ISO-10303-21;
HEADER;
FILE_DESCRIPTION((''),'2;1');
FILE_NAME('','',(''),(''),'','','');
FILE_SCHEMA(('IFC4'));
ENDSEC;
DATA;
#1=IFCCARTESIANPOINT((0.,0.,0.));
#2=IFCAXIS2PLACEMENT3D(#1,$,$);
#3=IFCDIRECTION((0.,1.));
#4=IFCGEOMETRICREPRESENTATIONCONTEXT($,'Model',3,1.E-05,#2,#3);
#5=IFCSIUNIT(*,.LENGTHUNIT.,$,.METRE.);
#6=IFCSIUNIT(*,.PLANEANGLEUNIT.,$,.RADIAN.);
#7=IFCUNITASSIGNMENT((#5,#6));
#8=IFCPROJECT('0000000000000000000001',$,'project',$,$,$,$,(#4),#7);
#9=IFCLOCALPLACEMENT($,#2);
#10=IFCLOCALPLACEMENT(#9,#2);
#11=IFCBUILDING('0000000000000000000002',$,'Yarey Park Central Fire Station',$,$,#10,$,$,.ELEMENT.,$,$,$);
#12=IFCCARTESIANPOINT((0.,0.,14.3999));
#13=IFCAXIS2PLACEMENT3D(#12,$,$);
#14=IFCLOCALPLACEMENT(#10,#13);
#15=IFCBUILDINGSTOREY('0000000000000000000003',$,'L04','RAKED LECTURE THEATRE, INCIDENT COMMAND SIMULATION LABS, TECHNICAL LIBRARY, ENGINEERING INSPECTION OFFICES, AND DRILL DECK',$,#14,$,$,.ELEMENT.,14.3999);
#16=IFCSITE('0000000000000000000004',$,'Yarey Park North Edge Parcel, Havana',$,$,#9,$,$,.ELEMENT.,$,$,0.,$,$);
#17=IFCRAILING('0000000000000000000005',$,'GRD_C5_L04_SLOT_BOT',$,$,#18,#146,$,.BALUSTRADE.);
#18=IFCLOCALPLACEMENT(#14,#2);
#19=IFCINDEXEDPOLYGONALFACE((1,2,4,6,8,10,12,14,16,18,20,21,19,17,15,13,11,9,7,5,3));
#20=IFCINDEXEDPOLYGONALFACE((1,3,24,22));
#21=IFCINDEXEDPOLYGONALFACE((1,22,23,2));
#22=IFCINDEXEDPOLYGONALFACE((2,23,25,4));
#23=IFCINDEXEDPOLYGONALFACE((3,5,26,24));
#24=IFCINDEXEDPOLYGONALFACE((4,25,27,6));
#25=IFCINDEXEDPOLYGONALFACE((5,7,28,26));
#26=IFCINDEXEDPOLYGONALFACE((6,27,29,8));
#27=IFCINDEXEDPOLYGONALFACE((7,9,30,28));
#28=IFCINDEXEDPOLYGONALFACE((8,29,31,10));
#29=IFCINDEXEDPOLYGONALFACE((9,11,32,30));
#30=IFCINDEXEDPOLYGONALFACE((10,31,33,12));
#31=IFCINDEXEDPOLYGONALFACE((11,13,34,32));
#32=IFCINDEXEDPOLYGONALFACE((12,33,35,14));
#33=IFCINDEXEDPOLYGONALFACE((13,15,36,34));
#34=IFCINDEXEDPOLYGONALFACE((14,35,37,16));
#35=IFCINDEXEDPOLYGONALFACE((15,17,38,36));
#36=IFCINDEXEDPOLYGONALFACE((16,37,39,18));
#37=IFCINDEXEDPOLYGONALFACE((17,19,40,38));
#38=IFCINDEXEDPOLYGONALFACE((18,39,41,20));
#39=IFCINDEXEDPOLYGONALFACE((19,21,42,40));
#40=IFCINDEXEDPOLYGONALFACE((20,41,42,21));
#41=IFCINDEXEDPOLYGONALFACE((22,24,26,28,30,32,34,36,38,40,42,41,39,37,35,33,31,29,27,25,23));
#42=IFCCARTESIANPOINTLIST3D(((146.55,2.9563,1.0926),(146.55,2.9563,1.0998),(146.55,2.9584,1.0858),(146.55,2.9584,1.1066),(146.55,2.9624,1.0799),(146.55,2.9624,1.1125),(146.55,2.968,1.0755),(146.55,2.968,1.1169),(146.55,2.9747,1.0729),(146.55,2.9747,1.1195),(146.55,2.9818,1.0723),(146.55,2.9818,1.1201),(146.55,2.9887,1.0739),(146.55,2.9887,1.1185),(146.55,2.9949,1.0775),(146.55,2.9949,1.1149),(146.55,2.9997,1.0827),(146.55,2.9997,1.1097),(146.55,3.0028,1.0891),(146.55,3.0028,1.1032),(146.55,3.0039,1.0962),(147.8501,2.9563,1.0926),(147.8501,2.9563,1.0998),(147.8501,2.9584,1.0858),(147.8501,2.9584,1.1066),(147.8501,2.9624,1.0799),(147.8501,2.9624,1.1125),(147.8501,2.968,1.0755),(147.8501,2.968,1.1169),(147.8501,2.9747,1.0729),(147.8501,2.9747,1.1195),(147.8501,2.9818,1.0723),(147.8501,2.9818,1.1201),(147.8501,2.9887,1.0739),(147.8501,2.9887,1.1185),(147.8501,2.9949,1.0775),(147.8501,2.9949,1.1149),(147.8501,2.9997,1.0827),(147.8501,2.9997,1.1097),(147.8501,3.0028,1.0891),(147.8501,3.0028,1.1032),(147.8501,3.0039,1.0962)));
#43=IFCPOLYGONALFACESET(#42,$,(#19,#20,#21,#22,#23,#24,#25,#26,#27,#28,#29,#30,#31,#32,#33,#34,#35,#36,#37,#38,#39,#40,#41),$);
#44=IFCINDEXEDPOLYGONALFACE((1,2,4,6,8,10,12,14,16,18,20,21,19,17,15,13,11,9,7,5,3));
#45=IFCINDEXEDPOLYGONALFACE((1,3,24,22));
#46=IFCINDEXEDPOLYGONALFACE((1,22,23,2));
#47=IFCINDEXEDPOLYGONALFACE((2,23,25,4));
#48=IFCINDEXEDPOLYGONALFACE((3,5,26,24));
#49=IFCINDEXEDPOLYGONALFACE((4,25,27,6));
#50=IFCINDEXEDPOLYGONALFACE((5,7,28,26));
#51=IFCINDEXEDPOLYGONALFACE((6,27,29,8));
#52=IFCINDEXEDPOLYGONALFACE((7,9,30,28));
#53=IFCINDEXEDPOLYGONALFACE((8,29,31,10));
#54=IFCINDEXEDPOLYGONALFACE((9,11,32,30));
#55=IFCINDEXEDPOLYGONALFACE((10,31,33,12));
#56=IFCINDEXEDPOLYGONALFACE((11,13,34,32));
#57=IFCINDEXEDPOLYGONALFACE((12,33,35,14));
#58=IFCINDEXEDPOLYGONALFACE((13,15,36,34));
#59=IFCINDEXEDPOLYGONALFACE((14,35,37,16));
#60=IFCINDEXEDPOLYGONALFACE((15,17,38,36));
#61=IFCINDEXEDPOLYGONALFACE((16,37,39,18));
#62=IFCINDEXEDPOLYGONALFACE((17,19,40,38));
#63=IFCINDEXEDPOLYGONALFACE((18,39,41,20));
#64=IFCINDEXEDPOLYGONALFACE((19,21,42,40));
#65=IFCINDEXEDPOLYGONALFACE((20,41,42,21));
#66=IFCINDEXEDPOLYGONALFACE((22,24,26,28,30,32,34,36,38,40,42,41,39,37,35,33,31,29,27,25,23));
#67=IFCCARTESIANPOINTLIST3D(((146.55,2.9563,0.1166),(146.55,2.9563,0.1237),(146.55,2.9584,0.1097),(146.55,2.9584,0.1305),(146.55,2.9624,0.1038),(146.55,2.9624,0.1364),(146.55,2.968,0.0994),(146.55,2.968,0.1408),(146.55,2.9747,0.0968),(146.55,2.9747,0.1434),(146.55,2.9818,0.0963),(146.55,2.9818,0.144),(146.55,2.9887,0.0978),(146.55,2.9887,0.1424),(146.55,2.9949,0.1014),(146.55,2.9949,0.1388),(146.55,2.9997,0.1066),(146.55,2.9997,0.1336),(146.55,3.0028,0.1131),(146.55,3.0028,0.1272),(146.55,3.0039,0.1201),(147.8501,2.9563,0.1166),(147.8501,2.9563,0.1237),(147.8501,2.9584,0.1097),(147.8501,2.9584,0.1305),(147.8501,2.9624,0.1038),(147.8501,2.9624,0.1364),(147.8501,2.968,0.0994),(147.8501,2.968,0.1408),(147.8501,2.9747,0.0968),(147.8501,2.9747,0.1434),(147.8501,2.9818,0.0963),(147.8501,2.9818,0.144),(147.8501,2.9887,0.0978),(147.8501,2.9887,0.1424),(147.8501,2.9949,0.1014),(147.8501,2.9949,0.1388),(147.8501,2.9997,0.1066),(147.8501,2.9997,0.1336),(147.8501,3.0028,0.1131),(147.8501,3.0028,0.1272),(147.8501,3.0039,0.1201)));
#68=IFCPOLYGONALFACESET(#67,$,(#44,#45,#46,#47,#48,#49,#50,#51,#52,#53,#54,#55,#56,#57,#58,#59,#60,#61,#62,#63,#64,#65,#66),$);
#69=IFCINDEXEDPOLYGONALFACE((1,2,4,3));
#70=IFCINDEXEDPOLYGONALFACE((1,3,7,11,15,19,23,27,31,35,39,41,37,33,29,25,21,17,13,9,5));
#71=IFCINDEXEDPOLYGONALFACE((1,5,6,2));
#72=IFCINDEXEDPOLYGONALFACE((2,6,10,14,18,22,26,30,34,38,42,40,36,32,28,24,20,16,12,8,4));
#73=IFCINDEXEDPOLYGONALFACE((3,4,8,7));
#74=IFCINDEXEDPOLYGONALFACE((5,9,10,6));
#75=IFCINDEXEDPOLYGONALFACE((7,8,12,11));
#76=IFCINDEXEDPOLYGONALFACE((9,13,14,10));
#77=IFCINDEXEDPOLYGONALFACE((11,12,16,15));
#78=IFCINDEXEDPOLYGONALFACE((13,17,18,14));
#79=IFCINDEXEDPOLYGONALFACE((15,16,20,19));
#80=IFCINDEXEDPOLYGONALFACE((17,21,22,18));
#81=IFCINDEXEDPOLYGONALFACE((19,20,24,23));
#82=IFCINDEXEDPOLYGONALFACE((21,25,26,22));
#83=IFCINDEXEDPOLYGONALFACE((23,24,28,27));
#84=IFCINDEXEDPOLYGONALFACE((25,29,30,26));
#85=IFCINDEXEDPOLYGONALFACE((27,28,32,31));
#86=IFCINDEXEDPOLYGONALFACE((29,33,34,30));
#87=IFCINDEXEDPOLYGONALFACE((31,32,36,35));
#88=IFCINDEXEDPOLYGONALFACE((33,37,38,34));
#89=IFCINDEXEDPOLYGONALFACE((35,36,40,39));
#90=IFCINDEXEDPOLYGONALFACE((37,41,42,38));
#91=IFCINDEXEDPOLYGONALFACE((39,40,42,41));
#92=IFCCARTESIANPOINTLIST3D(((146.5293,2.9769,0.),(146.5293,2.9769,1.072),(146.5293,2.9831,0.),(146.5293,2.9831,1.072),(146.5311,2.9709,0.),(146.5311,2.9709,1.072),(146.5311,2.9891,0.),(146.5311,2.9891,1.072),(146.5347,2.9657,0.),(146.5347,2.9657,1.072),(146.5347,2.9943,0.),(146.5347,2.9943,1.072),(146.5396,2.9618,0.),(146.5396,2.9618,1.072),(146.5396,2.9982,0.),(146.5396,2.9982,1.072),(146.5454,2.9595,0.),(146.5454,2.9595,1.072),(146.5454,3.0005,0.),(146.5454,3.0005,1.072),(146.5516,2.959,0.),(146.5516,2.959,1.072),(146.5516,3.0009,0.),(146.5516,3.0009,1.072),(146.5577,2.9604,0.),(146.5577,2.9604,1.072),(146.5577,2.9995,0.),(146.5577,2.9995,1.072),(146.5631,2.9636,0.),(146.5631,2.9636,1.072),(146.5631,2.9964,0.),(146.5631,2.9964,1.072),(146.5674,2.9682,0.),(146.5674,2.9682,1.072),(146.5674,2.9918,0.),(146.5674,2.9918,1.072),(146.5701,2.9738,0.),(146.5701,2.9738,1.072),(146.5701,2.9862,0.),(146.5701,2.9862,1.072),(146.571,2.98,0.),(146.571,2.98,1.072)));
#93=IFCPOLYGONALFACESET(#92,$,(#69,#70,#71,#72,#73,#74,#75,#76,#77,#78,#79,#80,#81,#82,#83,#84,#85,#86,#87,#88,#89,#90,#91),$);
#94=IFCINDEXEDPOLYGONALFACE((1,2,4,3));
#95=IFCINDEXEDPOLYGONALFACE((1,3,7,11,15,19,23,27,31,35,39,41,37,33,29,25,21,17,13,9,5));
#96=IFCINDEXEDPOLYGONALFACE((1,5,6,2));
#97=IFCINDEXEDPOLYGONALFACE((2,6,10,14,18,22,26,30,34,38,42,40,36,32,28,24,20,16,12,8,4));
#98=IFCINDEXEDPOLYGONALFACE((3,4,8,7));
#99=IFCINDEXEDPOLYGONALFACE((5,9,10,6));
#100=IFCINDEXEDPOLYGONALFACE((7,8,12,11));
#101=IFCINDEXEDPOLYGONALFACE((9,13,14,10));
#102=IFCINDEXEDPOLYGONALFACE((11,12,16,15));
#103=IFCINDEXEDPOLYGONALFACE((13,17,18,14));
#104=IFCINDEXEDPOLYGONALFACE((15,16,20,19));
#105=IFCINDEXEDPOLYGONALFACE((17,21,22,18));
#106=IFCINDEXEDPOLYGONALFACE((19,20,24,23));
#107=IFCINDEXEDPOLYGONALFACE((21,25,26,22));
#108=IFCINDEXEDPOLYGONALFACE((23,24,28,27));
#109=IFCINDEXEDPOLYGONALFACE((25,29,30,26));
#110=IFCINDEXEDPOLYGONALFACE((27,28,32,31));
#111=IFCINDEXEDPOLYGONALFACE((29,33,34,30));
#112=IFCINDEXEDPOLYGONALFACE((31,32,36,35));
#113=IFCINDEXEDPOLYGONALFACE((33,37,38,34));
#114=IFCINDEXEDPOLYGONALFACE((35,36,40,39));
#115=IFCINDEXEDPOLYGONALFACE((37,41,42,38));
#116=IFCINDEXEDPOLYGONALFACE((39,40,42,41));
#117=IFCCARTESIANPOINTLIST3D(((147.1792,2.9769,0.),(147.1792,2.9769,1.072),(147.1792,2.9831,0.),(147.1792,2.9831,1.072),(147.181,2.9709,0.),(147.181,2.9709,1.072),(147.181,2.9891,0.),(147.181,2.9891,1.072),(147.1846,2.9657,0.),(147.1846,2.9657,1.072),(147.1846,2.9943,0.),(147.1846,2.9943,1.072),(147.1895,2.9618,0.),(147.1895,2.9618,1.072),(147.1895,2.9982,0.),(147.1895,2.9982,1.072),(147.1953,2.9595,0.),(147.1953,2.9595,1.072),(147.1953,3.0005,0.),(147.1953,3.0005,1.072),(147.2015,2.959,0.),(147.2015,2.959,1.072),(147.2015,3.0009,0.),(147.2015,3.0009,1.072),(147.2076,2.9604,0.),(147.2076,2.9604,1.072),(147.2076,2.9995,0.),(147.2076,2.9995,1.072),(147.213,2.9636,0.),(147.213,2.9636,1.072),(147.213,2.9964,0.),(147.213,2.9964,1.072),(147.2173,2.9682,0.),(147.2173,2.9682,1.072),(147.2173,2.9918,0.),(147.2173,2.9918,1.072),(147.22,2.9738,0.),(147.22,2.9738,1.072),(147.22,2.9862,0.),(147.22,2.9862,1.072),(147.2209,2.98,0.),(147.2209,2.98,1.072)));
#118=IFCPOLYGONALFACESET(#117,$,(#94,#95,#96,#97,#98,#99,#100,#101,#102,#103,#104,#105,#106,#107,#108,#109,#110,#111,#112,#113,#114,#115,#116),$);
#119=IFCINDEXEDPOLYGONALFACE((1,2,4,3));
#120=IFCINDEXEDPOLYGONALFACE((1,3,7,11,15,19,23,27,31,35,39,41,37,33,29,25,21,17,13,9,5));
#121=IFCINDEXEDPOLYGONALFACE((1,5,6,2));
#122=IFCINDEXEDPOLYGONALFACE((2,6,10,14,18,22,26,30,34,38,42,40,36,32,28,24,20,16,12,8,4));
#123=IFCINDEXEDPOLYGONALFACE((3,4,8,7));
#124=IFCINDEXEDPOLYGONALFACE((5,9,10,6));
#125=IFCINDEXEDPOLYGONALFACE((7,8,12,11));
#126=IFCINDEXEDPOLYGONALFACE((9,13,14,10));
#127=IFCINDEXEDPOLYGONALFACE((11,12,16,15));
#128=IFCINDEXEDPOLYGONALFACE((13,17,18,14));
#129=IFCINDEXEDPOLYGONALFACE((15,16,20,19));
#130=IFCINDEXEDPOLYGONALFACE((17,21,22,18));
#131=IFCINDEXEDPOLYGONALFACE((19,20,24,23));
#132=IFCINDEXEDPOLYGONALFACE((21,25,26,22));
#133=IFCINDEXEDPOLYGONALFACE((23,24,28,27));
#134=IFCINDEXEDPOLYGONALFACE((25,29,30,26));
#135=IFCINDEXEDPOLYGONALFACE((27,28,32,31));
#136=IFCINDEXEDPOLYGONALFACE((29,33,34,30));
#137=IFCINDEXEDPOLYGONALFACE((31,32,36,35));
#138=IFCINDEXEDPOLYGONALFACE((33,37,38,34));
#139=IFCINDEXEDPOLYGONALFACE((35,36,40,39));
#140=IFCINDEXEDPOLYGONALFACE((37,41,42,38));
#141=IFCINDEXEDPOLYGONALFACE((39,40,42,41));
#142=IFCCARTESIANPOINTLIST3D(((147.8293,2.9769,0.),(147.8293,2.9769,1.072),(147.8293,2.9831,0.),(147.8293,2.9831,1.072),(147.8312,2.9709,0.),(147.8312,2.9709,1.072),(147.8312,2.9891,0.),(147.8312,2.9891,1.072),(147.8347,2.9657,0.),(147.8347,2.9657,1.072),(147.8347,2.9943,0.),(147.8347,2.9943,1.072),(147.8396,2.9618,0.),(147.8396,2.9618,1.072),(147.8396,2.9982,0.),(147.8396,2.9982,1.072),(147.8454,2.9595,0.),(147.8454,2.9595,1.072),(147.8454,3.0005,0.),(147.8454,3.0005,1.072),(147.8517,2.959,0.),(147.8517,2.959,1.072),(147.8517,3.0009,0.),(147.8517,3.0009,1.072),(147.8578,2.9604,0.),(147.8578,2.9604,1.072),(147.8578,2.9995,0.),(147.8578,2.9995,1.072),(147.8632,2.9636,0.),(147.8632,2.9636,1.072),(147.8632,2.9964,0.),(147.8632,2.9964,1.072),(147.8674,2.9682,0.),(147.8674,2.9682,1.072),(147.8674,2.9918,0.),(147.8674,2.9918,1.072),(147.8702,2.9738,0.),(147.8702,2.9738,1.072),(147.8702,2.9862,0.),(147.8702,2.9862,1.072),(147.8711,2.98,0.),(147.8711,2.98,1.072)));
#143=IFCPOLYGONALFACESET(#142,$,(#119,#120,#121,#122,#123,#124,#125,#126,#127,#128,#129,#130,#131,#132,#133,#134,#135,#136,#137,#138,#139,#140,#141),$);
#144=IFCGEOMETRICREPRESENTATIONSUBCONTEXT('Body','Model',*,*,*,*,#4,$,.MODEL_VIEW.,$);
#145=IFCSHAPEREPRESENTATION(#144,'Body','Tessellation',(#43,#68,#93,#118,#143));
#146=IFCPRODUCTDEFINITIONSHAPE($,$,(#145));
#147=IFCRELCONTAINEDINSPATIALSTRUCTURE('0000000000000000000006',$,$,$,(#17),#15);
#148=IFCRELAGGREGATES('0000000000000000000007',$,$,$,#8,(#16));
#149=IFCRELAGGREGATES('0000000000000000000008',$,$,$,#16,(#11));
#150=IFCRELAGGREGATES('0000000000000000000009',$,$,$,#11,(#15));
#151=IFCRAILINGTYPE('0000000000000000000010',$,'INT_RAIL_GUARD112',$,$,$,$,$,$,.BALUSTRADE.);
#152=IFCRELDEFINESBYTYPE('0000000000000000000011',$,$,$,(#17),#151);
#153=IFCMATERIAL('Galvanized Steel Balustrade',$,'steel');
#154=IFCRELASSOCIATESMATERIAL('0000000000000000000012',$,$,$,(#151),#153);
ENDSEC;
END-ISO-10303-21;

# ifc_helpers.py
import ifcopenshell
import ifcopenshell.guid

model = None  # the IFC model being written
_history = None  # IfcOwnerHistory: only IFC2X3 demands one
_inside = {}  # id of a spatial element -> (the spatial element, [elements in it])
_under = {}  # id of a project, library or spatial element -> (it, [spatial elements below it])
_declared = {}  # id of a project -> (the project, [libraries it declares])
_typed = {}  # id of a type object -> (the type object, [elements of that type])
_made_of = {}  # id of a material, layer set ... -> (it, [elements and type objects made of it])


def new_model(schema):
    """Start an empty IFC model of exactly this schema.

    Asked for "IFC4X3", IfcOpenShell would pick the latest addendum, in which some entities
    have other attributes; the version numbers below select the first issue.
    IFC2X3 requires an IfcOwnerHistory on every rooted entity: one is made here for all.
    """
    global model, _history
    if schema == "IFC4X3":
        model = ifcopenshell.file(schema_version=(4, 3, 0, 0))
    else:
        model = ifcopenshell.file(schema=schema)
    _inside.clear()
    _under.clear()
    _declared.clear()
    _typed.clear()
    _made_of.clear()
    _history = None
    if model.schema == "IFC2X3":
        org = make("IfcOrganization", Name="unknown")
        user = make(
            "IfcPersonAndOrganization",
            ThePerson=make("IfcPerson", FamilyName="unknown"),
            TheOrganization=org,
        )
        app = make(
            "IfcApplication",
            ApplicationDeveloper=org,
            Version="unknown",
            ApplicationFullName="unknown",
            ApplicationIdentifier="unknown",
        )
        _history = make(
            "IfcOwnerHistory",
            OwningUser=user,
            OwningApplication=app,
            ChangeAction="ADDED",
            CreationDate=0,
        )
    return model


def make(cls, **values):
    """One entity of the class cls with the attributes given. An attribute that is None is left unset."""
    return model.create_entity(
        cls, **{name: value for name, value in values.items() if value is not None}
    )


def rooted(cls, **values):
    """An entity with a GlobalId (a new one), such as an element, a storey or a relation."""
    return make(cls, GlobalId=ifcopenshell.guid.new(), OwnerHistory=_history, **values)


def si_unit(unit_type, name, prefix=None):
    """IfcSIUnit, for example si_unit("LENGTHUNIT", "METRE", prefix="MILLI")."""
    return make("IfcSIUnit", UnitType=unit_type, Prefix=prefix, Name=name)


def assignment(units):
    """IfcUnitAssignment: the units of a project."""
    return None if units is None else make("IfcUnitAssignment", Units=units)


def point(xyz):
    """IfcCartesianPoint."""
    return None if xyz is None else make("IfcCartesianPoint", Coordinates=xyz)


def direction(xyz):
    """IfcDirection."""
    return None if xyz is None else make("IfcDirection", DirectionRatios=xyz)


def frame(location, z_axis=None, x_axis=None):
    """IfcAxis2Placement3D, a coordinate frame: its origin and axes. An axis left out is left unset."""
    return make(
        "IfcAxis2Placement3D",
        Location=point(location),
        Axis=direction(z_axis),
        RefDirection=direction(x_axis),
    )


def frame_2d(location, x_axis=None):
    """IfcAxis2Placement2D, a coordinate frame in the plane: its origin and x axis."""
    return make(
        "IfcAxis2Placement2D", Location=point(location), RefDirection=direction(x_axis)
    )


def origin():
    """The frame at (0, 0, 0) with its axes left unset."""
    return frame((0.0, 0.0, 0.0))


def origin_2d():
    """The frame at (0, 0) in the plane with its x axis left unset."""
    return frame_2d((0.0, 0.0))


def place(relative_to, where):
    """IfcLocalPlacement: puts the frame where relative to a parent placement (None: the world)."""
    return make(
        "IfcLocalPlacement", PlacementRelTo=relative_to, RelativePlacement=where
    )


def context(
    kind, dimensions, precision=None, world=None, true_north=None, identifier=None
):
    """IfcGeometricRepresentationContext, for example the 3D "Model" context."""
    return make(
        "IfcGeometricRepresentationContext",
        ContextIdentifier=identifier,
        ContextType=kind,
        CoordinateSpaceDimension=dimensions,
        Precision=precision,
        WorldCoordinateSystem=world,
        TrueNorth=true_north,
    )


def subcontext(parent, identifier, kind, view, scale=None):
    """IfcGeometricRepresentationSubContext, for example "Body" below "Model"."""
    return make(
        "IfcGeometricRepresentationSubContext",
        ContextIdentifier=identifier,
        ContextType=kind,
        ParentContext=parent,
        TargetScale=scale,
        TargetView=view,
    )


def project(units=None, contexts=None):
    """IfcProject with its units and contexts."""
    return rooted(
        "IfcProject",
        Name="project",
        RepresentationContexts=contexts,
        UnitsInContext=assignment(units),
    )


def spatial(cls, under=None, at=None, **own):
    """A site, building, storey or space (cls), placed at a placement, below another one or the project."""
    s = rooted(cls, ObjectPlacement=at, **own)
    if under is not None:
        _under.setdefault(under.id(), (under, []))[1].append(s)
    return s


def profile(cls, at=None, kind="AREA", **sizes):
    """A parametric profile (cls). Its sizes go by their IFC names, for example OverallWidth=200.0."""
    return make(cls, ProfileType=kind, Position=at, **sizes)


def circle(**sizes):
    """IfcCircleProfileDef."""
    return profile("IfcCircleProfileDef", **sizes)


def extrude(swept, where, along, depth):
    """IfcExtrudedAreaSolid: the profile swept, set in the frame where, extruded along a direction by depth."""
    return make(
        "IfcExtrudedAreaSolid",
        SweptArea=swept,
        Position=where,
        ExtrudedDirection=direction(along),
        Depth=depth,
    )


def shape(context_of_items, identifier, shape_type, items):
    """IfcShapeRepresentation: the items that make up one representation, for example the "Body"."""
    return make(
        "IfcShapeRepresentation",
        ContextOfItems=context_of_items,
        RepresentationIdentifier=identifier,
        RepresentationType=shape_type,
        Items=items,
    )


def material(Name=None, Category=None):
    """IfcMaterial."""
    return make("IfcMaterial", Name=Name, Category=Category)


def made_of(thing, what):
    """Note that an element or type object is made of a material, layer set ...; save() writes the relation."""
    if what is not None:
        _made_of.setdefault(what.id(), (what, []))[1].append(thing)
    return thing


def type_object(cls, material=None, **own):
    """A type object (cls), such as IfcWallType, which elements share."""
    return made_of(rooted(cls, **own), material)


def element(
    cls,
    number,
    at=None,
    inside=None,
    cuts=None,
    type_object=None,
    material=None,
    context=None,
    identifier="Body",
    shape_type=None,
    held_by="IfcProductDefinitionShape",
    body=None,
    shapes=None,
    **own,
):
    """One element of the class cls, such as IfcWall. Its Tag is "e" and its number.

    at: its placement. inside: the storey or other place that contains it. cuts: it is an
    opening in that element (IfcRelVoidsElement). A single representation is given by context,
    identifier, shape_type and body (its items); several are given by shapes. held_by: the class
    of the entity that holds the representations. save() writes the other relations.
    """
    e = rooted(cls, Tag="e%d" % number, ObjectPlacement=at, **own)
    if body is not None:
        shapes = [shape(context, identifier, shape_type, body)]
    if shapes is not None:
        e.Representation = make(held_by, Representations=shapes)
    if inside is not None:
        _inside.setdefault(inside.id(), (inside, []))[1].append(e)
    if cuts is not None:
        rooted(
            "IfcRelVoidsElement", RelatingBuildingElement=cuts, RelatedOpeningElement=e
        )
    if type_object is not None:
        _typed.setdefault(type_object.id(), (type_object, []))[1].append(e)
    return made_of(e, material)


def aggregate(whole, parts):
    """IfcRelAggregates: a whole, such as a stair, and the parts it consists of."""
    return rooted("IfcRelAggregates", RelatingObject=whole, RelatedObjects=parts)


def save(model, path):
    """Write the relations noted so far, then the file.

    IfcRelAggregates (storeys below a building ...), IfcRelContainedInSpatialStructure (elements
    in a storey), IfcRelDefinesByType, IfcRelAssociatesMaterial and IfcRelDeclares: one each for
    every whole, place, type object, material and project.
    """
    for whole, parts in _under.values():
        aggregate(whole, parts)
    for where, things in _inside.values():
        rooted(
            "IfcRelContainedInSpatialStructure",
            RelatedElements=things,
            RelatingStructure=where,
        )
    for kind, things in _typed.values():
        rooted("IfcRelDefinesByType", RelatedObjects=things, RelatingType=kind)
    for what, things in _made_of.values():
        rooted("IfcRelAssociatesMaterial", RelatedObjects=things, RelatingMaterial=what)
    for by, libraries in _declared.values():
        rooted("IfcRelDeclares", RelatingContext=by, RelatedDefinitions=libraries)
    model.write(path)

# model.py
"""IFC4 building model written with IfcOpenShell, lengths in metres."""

from ifc_helpers import new_model, si_unit, direction, frame, origin, origin_2d, place, context, subcontext, project, spatial, circle, extrude, material, type_object, element, save


model = new_model("IFC4")

# Units and contexts
model_context = context("Model", 3, precision=1e-05, world=origin(), true_north=direction((0.0, 1.0)))
body_context = subcontext(model_context, "Body", "Model", "MODEL_VIEW")
ifc_project = project(units=[si_unit("LENGTHUNIT", "METRE"), si_unit("PLANEANGLEUNIT", "RADIAN")], contexts=[model_context])

# Site, building, storey
site_placement = place(None, origin())
site = spatial("IfcSite", under=ifc_project, at=site_placement, Name="Yarey Park North Edge Parcel, Havana", CompositionType="ELEMENT", RefElevation=0.0)
building_placement = place(site_placement, origin())
building = spatial("IfcBuilding", under=site, at=building_placement, Name="Yarey Park Central Fire Station", CompositionType="ELEMENT")
storey_placement = place(building_placement, frame((0.0, 0.0, 14.3999)))
storey = spatial("IfcBuildingStorey", under=building, at=storey_placement, Name="L04", Description="RAKED LECTURE THEATRE, INCIDENT COMMAND SIMULATION LABS, TECHNICAL LIBRARY, ENGINEERING INSPECTION OFFICES, AND DRILL DECK", CompositionType="ELEMENT", Elevation=14.3999)

# Railing
ifc_material_1 = material(Name="Galvanized Steel Balustrade", Category="steel")
railing_type_1 = type_object("IfcRailingType", Name="INT_RAIL_GUARD112", PredefinedType="BALUSTRADE", material=ifc_material_1)
for number, where, name in (
    (1, (146.55, 2.98, 0.0), "GRD_C5_L04_SLOT_BOT"),
):
    element("IfcRailing", number, at=place(storey_placement, frame(where)), inside=storey, type_object=railing_type_1, Name=name, PredefinedType="BALUSTRADE", context=body_context, shape_type="SweptSolid", body=[
        extrude(circle(Radius=0.0239, at=origin_2d()), frame((0.0, 0.0, 1.0962), z_axis=(1.0, 0.0, 0.0), x_axis=(0.0, 1.0, 0.0)), (0.0, 0.0, 1.0), 1.3),
        extrude(circle(Radius=0.0239, at=origin_2d()), frame((0.0, 0.0, 0.1201), z_axis=(1.0, 0.0, 0.0), x_axis=(0.0, 1.0, 0.0)), (0.0, 0.0, 1.0), 1.3),
        extrude(circle(Radius=0.021, at=origin_2d()), origin(), (0.0, 0.0, 1.0), 1.072),
        extrude(circle(Radius=0.021, at=origin_2d()), frame((0.6499, 0.0, 0.0)), (0.0, 0.0, 1.0), 1.072),
        extrude(circle(Radius=0.021, at=origin_2d()), frame((1.3, 0.0, 0.0)), (0.0, 0.0, 1.0), 1.072),
    ])

save(model, "model.ifc")
